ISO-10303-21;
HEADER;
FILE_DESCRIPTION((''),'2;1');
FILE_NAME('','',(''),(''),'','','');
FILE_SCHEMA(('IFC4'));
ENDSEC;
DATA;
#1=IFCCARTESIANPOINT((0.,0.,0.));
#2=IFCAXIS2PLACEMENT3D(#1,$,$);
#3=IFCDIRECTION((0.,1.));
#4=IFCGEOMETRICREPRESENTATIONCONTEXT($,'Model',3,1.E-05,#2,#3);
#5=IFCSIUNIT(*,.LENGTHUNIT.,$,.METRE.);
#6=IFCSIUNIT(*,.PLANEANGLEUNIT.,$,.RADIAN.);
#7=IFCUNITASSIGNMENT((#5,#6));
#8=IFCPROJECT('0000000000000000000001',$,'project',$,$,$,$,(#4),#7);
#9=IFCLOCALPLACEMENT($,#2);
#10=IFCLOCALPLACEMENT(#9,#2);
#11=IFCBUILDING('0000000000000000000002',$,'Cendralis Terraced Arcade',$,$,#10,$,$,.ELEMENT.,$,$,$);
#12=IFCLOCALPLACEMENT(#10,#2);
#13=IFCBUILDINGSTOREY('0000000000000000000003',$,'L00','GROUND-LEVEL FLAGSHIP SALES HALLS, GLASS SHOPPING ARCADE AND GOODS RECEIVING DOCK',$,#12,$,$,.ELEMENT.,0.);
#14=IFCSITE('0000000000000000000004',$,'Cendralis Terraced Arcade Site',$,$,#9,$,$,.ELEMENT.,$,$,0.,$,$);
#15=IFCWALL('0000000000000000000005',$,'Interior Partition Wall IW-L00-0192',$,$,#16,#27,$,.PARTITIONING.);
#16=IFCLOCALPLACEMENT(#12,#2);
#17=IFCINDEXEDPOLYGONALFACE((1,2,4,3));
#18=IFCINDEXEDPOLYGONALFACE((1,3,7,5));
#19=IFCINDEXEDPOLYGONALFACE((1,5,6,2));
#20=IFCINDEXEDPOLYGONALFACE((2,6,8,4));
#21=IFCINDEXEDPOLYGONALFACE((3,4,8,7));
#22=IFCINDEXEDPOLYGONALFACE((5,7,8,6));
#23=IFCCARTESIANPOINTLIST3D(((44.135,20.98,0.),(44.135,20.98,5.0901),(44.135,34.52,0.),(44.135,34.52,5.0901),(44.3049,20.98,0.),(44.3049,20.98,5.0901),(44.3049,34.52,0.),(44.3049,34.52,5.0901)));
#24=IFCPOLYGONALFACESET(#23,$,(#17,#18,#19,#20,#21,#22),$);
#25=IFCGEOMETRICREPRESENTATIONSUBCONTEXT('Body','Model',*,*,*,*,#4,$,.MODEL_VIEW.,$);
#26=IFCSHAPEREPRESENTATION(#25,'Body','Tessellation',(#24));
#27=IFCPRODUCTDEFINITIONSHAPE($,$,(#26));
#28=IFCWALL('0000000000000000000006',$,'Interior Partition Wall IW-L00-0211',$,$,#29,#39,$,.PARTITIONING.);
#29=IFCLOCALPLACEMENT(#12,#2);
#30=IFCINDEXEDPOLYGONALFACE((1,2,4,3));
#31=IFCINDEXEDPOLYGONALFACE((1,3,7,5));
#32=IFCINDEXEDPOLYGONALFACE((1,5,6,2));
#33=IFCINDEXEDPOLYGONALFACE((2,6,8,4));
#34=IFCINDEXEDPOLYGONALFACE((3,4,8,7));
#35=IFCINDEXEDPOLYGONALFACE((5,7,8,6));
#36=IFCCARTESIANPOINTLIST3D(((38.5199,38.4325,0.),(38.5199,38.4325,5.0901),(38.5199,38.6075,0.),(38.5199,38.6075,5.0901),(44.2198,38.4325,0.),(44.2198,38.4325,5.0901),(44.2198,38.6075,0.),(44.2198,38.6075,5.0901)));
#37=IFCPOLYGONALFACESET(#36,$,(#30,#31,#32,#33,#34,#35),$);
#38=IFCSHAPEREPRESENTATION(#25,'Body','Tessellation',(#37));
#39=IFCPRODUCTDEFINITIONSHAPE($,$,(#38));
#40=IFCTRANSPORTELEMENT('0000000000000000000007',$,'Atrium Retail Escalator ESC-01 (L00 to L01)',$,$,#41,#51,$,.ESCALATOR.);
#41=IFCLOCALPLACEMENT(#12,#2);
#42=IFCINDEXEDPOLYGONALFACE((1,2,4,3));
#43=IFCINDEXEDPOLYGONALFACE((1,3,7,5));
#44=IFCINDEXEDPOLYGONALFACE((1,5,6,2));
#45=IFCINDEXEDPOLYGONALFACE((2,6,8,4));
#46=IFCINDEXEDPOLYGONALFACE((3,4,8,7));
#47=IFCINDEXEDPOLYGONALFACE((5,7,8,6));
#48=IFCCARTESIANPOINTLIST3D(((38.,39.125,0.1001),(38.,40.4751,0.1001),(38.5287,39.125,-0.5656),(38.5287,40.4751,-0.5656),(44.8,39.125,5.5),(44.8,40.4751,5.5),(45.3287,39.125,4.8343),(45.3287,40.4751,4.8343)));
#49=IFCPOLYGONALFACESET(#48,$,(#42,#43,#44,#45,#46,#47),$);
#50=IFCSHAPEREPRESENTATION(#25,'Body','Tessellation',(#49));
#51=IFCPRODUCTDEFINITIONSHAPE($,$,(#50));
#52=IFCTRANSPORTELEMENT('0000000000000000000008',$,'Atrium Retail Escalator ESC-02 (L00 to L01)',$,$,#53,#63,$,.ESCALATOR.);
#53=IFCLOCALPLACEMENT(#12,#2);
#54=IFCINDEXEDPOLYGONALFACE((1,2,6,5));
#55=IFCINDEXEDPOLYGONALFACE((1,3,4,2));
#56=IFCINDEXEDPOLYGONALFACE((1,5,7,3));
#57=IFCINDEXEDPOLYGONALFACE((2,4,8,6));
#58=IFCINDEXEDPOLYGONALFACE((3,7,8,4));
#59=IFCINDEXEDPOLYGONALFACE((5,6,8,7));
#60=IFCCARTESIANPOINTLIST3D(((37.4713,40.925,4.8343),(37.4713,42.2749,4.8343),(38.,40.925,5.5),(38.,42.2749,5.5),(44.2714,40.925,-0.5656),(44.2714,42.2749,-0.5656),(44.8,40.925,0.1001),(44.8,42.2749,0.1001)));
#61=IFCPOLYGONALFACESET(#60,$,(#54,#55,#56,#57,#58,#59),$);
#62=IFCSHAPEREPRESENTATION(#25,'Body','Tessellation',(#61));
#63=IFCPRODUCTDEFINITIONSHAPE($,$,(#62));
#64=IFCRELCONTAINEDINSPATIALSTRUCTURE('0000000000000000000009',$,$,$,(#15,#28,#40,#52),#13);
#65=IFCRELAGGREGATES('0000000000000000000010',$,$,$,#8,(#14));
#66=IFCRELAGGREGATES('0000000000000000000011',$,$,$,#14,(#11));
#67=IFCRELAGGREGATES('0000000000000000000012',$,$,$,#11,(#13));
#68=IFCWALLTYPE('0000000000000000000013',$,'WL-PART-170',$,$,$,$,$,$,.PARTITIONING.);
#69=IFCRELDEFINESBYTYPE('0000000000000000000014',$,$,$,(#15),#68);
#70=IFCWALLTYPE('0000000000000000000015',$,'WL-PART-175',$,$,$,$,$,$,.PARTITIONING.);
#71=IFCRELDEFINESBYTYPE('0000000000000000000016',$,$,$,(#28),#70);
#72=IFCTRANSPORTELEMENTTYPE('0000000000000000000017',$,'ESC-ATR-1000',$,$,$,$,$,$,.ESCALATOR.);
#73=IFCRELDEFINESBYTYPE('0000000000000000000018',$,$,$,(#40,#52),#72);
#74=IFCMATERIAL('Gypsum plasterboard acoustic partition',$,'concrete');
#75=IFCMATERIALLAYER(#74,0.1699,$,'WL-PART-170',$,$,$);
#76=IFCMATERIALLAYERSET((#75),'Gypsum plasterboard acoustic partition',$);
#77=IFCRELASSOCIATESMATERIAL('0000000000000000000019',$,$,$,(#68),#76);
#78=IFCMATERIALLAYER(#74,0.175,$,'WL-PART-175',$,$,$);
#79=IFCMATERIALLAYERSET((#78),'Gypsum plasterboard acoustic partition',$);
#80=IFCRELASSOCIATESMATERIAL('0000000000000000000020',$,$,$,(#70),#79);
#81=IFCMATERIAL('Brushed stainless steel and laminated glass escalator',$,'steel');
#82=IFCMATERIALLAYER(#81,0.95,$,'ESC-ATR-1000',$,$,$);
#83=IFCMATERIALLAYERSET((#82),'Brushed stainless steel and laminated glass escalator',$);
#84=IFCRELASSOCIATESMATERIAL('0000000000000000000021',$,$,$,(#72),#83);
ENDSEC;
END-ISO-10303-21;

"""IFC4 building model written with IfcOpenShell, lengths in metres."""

from ifc_helpers import new_model, si_unit, direction, frame, frame_2d, origin, place, context, subcontext, project, spatial, polyline, rectangle, outline, extrude, material, layer, layer_set, type_object, element, save


model = new_model("IFC4")

# Units and contexts
model_context = context("Model", 3, precision=1e-05, world=origin(), true_north=direction((0.0, 1.0)))
body_context = subcontext(model_context, "Body", "Model", "MODEL_VIEW")
ifc_project = project(units=[si_unit("LENGTHUNIT", "METRE"), si_unit("PLANEANGLEUNIT", "RADIAN")], contexts=[model_context])

# Site, building, storey
site_placement = place(None, origin())
site = spatial("IfcSite", under=ifc_project, at=site_placement, Name="Cendralis Terraced Arcade Site", CompositionType="ELEMENT", RefElevation=0.0)
building_placement = place(site_placement, origin())
building = spatial("IfcBuilding", under=site, at=building_placement, Name="Cendralis Terraced Arcade", CompositionType="ELEMENT")
storey_placement = place(building_placement, origin())
storey = spatial("IfcBuildingStorey", under=building, at=storey_placement, Name="L00", Description="GROUND-LEVEL FLAGSHIP SALES HALLS, GLASS SHOPPING ARCADE AND GOODS RECEIVING DOCK", CompositionType="ELEMENT", Elevation=0.0)

# Walls
ifc_material_1 = material(Name="Gypsum plasterboard acoustic partition", Category="concrete")
ifc_layer_1 = layer(ifc_material_1, 0.1699, Name="WL-PART-170")
ifc_layer_set_1 = layer_set([ifc_layer_1], Name="Gypsum plasterboard acoustic partition")
wall_type_1 = type_object("IfcWallType", Name="WL-PART-170", PredefinedType="PARTITIONING", material=ifc_layer_set_1)
wall_1_placement = place(storey_placement, frame((44.22, 34.52, 0.0), z_axis=(0.0, 0.0, 1.0), x_axis=(0.0, -1.0, 0.0)))
element("IfcWall", 1, at=wall_1_placement, inside=storey, type_object=wall_type_1, Name="Interior Partition Wall IW-L00-0192", PredefinedType="PARTITIONING", context=body_context, shape_type="SweptSolid", body=[
    extrude(rectangle(XDim=13.54, YDim=0.1699, at=frame_2d((6.77, 0.0))), origin(), (0.0, 0.0, 1.0), 5.0901),
])
ifc_layer_2 = layer(ifc_material_1, 0.175, Name="WL-PART-175")
ifc_layer_set_2 = layer_set([ifc_layer_2], Name="Gypsum plasterboard acoustic partition")
wall_type_2 = type_object("IfcWallType", Name="WL-PART-175", PredefinedType="PARTITIONING", material=ifc_layer_set_2)
wall_2_placement = place(storey_placement, frame((44.22, 38.52, 0.0), z_axis=(0.0, 0.0, 1.0), x_axis=(-1.0, 0.0, 0.0)))
element("IfcWall", 2, at=wall_2_placement, inside=storey, type_object=wall_type_2, Name="Interior Partition Wall IW-L00-0211", PredefinedType="PARTITIONING", context=body_context, shape_type="SweptSolid", body=[
    extrude(rectangle(XDim=5.7, YDim=0.175, at=frame_2d((2.8501, 0.0))), origin(), (0.0, 0.0, 1.0), 5.0901),
])

# Transport elements
ifc_material_2 = material(Name="Brushed stainless steel and laminated glass escalator", Category="steel")
ifc_layer_3 = layer(ifc_material_2, 0.95, Name="ESC-ATR-1000")
ifc_layer_set_3 = layer_set([ifc_layer_3], Name="Brushed stainless steel and laminated glass escalator")
transport_element_type = type_object("IfcTransportElementType", Name="ESC-ATR-1000", PredefinedType="ESCALATOR", material=ifc_layer_set_3)
transport_element_1_placement = place(storey_placement, frame((38.0, 39.125, 0.1001), z_axis=(-0.621873, 0.0, 0.783118), x_axis=(0.783118, 0.0, 0.621873)))
element("IfcTransportElement", 3, at=transport_element_1_placement, inside=storey, type_object=transport_element_type, Name="Atrium Retail Escalator ESC-01 (L00 to L01)", PredefinedType="ESCALATOR", context=body_context, shape_type="SweptSolid", body=[
    extrude(outline(polyline([(0.0, 0.0), (8.6833, 0.0), (8.6833, 1.3501), (0.0, 1.3501), (0.0, 0.0)])), origin(), (0.0, 0.0, -1.0), 0.8501),
])
transport_element_2_placement = place(storey_placement, frame((44.8, 40.925, 0.1001), z_axis=(0.621873, 0.0, 0.783118), x_axis=(-0.783118, 0.0, 0.621873)))
element("IfcTransportElement", 4, at=transport_element_2_placement, inside=storey, type_object=transport_element_type, Name="Atrium Retail Escalator ESC-02 (L00 to L01)", PredefinedType="ESCALATOR", context=body_context, shape_type="SweptSolid", body=[
    extrude(outline(polyline([(0.0, 0.0), (8.6833, 0.0), (8.6833, -1.3499), (0.0, -1.3499), (0.0, 0.0)])), origin(), (0.0, 0.0, -1.0), 0.8501),
])

save(model, "model.ifc")
